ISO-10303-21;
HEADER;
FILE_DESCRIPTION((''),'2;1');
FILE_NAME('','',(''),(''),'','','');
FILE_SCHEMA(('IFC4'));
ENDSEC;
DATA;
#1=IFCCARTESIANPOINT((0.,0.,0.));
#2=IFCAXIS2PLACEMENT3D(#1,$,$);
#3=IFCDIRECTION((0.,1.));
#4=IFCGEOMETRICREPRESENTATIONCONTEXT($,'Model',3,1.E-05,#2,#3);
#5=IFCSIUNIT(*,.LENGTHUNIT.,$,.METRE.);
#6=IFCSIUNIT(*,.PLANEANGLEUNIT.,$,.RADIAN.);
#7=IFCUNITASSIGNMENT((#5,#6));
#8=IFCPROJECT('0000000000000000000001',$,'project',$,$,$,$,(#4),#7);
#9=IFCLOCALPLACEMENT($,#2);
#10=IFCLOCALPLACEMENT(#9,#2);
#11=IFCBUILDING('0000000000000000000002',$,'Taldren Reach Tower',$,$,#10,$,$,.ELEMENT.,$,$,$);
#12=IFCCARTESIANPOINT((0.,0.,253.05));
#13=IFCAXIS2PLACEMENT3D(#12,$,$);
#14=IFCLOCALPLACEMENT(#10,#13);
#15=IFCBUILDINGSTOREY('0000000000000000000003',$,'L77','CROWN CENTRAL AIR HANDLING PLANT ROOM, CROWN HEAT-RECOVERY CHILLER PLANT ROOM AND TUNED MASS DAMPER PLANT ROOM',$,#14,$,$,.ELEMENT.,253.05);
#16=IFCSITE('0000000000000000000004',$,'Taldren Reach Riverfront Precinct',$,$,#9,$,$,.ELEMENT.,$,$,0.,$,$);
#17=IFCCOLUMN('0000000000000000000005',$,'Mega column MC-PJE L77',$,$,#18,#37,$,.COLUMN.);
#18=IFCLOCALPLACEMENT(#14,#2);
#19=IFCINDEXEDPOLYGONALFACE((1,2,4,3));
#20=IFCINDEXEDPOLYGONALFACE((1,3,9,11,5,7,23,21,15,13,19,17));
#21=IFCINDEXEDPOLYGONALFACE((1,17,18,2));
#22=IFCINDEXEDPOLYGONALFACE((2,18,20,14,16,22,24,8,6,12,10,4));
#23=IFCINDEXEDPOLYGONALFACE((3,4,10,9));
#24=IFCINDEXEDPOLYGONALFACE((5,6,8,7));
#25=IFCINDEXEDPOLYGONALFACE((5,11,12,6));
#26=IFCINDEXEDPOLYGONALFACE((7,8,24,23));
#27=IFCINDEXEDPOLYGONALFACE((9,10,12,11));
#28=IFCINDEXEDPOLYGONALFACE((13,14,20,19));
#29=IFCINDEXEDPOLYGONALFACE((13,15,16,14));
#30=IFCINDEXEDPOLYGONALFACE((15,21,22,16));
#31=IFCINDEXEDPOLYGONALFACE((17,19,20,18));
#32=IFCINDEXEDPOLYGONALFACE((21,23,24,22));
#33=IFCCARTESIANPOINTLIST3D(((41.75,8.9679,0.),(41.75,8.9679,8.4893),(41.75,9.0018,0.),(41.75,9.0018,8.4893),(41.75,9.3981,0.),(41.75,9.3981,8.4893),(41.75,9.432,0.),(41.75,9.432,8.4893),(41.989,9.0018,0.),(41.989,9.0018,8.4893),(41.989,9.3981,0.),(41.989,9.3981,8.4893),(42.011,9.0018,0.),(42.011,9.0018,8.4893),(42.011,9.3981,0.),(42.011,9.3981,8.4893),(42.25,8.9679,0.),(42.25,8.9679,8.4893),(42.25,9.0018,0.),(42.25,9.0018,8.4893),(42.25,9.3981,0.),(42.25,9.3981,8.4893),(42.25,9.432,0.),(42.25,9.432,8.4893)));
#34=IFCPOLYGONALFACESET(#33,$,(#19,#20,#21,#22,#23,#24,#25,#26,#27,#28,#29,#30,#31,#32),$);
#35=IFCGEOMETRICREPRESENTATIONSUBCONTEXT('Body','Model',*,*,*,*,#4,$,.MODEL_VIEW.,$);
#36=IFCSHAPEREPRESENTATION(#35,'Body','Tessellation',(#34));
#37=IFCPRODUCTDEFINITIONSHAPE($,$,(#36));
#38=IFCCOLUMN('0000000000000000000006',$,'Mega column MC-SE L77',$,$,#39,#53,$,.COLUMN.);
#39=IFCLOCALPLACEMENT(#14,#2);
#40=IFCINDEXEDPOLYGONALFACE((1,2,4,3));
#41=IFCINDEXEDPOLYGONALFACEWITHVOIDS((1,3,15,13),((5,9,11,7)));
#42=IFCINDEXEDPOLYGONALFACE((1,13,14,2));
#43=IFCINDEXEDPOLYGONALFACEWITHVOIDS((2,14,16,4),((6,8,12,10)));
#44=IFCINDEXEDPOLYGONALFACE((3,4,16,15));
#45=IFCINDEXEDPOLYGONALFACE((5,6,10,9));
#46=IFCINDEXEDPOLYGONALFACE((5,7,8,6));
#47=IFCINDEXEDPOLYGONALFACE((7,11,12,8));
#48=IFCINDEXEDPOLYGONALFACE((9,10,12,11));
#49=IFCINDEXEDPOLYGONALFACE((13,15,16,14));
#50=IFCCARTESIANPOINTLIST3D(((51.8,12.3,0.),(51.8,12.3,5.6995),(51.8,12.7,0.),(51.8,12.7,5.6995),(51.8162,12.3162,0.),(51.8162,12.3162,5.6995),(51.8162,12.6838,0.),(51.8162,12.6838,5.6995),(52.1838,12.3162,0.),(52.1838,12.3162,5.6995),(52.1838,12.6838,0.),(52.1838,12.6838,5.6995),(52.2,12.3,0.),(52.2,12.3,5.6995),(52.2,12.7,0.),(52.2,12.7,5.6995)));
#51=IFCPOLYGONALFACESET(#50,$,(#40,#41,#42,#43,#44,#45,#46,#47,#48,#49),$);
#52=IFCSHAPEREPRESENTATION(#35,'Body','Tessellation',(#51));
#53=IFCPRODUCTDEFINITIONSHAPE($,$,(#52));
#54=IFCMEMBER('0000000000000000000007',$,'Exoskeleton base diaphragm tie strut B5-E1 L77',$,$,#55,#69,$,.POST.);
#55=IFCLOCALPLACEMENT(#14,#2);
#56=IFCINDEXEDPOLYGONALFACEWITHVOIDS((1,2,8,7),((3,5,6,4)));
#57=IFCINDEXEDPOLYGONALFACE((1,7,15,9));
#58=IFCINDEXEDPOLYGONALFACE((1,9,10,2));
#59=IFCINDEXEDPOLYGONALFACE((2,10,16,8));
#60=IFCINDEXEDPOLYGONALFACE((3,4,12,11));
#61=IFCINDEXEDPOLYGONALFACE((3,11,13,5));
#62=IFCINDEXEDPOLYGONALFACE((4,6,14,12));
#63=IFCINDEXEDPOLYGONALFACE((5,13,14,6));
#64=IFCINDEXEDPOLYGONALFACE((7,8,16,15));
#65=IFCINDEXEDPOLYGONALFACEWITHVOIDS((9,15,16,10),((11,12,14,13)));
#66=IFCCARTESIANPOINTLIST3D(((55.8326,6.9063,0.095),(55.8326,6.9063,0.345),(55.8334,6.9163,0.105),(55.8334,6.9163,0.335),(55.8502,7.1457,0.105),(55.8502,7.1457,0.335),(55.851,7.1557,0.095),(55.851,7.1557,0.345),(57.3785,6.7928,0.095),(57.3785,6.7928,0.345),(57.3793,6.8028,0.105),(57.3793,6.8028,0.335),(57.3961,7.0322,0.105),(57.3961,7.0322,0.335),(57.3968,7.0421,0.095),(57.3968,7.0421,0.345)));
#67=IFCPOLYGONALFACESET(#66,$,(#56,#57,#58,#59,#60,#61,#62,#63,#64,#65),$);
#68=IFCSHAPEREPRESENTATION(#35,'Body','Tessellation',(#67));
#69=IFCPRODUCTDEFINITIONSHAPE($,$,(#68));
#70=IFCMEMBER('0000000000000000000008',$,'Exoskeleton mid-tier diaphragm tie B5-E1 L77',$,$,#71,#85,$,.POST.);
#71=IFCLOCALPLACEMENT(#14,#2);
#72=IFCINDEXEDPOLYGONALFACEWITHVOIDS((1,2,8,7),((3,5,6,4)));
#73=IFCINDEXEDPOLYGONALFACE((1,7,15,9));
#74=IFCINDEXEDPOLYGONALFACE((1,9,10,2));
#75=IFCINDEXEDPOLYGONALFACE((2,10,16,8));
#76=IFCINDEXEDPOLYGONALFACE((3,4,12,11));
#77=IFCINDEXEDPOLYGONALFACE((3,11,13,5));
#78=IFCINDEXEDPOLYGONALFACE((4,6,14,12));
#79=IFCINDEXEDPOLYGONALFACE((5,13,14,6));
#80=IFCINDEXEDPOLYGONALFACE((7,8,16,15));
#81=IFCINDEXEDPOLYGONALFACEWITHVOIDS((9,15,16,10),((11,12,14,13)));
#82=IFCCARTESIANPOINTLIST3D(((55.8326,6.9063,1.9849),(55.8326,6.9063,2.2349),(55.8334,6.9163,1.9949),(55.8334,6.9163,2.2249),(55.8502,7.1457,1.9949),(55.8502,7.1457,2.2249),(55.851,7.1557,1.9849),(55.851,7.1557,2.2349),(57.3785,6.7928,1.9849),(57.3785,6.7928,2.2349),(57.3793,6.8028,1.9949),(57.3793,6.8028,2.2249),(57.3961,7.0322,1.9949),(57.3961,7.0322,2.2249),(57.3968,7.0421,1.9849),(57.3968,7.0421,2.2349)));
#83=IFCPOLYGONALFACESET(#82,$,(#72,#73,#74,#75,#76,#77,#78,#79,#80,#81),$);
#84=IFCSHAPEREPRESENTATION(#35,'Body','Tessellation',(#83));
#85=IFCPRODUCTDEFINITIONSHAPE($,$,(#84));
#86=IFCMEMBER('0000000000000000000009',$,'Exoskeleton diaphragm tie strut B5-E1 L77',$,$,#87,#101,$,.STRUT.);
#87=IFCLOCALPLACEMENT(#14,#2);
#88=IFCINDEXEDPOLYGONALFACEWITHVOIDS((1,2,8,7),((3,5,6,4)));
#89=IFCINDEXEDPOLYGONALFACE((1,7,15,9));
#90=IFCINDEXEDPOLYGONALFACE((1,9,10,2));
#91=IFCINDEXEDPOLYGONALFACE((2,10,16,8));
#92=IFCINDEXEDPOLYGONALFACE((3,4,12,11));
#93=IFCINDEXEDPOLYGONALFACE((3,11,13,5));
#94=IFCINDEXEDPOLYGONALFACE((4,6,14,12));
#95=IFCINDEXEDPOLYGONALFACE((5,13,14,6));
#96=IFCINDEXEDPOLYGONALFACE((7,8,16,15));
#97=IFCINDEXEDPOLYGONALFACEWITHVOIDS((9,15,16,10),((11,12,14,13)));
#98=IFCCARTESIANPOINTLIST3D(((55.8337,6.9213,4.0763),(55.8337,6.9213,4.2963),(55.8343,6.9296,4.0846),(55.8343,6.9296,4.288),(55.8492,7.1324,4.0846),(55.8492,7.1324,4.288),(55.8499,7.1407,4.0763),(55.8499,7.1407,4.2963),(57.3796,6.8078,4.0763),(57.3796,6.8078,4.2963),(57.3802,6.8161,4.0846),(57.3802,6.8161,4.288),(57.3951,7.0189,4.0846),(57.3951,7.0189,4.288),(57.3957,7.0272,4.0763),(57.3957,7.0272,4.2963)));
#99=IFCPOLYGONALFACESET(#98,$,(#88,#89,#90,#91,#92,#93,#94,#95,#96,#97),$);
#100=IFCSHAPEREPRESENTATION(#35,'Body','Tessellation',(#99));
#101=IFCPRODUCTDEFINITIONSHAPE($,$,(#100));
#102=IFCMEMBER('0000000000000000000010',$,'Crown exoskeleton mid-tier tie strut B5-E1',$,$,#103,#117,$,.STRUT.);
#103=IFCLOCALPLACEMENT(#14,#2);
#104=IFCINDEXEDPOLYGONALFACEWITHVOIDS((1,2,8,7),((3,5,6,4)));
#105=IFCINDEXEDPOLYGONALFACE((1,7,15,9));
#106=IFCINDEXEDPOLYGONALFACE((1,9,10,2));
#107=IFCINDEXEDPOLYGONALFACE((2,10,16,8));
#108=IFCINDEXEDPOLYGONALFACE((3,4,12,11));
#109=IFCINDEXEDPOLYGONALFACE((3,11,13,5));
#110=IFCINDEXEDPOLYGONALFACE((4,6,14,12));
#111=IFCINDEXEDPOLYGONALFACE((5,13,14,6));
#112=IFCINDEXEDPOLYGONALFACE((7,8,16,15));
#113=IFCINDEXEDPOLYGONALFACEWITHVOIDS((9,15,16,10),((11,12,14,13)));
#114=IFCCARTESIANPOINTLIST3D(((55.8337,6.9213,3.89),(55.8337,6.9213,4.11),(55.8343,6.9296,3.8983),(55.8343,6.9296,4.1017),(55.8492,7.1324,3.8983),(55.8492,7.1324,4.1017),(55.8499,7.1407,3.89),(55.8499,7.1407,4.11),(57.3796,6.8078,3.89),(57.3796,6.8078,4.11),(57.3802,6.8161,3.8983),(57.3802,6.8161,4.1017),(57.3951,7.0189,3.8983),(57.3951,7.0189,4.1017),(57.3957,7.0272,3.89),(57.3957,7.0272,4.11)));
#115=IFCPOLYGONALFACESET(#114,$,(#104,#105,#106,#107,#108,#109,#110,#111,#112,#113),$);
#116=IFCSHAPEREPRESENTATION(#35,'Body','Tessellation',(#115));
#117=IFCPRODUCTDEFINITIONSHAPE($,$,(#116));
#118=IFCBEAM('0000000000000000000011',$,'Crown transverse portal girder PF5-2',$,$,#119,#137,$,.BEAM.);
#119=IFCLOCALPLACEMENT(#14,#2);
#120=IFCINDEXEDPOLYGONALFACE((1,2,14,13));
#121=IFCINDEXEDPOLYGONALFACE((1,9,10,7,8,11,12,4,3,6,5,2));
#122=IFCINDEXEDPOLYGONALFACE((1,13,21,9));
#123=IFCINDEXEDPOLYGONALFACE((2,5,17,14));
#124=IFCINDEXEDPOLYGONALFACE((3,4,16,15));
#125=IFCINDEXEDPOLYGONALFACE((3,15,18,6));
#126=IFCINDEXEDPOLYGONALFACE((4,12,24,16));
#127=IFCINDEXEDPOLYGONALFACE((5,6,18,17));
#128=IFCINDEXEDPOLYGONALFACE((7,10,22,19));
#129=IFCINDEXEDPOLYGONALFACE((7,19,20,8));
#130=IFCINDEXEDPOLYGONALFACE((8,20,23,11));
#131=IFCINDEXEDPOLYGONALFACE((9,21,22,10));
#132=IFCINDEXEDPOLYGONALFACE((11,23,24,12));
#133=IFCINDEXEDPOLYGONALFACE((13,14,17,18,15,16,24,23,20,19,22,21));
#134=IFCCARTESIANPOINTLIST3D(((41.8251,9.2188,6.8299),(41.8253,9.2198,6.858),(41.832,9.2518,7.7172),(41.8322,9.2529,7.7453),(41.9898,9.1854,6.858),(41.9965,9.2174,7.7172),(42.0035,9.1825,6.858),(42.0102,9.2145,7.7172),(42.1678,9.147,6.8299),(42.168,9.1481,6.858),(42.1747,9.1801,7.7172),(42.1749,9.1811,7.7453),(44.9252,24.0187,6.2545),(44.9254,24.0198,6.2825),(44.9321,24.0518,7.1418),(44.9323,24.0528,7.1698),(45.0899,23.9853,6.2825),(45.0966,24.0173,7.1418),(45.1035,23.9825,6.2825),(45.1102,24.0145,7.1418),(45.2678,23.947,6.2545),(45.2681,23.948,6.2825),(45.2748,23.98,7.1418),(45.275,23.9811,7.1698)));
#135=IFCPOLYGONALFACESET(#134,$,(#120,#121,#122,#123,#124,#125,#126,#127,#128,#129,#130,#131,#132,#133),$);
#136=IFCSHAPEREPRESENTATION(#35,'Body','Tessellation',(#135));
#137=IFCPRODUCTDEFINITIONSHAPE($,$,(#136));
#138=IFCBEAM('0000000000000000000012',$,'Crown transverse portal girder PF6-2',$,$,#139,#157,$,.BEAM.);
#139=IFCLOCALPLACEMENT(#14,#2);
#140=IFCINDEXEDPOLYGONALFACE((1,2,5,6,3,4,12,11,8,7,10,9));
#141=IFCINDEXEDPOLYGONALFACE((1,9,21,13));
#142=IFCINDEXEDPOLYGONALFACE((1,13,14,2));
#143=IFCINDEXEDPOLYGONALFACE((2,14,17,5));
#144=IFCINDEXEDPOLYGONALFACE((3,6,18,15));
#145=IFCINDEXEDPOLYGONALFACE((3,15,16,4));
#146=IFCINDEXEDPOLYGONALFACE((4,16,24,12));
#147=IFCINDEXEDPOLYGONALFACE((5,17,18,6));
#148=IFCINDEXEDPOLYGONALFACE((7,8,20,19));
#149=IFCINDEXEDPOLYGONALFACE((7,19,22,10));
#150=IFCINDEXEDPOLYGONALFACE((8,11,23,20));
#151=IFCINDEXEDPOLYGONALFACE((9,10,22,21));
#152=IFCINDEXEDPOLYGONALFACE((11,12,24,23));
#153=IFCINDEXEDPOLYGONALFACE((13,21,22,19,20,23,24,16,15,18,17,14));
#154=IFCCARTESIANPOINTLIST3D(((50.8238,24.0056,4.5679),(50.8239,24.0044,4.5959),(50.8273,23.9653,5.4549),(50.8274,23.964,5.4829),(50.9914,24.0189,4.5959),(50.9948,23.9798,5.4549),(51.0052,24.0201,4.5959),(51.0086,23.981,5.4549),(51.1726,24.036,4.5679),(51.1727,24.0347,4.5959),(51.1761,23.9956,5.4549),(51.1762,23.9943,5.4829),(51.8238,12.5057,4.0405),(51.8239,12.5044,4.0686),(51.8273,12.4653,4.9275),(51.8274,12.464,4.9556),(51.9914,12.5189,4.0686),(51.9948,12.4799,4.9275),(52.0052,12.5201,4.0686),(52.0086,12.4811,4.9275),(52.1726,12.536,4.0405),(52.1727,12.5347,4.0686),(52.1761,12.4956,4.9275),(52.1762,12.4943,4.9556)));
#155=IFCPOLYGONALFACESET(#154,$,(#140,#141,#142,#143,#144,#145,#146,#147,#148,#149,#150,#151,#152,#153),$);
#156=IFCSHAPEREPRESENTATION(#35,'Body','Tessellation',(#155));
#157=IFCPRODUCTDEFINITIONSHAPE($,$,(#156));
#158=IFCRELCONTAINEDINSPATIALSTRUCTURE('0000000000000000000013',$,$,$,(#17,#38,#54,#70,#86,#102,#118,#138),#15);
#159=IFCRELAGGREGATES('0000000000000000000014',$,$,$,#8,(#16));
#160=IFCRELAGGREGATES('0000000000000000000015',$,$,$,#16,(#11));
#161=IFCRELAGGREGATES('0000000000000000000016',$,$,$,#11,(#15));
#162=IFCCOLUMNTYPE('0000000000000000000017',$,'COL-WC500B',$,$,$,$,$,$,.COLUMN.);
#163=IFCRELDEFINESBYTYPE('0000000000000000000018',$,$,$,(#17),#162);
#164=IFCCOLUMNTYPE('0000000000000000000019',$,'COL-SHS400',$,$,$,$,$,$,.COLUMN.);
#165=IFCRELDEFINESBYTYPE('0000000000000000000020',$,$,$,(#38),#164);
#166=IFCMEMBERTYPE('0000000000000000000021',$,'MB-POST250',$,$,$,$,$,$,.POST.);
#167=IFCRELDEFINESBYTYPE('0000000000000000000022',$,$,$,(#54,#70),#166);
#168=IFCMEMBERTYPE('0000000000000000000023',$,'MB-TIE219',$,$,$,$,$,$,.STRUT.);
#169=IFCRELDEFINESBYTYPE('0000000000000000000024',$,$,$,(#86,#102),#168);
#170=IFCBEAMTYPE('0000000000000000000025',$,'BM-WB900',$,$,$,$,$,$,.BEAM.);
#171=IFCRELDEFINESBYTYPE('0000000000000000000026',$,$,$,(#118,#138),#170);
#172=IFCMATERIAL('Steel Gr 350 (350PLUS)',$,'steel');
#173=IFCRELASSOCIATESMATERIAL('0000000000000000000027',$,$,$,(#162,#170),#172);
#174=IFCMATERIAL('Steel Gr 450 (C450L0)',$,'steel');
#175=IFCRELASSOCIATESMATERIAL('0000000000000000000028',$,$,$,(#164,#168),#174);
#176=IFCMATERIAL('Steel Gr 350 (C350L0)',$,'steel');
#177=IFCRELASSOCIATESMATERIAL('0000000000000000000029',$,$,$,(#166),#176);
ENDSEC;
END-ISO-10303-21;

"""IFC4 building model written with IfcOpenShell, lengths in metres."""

from ifc_helpers import new_model, si_unit, direction, frame, origin, origin_2d, place, context, subcontext, project, spatial, hollow_rectangle, i_section, extrude, source, transform, mapped, material, material_profile, profile_set, type_object, element, save


model = new_model("IFC4")

# Units and contexts
model_context = context("Model", 3, precision=1e-05, world=origin(), true_north=direction((0.0, 1.0)))
body_context = subcontext(model_context, "Body", "Model", "MODEL_VIEW")
ifc_project = project(units=[si_unit("LENGTHUNIT", "METRE"), si_unit("PLANEANGLEUNIT", "RADIAN")], contexts=[model_context])

# Site, building, storey
site_placement = place(None, origin())
site = spatial("IfcSite", under=ifc_project, at=site_placement, Name="Taldren Reach Riverfront Precinct", CompositionType="ELEMENT", RefElevation=0.0)
building_placement = place(site_placement, origin())
building = spatial("IfcBuilding", under=site, at=building_placement, Name="Taldren Reach Tower", CompositionType="ELEMENT")
storey_placement = place(building_placement, frame((0.0, 0.0, 253.05)))
storey = spatial("IfcBuildingStorey", under=building, at=storey_placement, Name="L77", Description="CROWN CENTRAL AIR HANDLING PLANT ROOM, CROWN HEAT-RECOVERY CHILLER PLANT ROOM AND TUNED MASS DAMPER PLANT ROOM", CompositionType="ELEMENT", Elevation=253.05)

# Columns
ifc_material_1 = material(Name="Steel Gr 350 (350PLUS)", Category="steel")
ifc_material_profile_1 = material_profile(ifc_material_1, i_section(OverallWidth=0.5, OverallDepth=0.4641, WebThickness=0.022, FlangeThickness=0.0339, at=origin_2d()), Name="500WC340")
ifc_profile_set_1 = profile_set([ifc_material_profile_1], Name="Steel Gr 350 (350PLUS)")
column_type_1 = type_object("IfcColumnType", Name="COL-WC500B", PredefinedType="COLUMN", material=ifc_profile_set_1)
shared_shape_1 = source(origin(), body_context, "Body", "SweptSolid", [
    extrude(i_section(OverallWidth=0.5, OverallDepth=0.4641, WebThickness=0.022, FlangeThickness=0.0339, at=origin_2d()), origin(), (0.0, 0.0, 1.0), 8.4893),
])
column_1_placement = place(storey_placement, frame((42.0, 9.2, 0.0), z_axis=(0.0, 0.0, 1.0), x_axis=(1.0, 0.0, 0.0)))
element("IfcColumn", 1, at=column_1_placement, inside=storey, type_object=column_type_1, Name="Mega column MC-PJE L77", PredefinedType="COLUMN", context=body_context, shape_type="MappedRepresentation", body=[
    mapped(shared_shape_1, transform((0.0, 0.0, 0.0), scale=1.0)),
])
ifc_material_2 = material(Name="Steel Gr 450 (C450L0)", Category="steel")
ifc_material_profile_2 = material_profile(ifc_material_2, hollow_rectangle(XDim=0.3999, YDim=0.3999, WallThickness=0.0161, at=origin_2d()), Name="400x400x16.0SHS")
ifc_profile_set_2 = profile_set([ifc_material_profile_2], Name="Steel Gr 450 (C450L0)")
column_type_2 = type_object("IfcColumnType", Name="COL-SHS400", PredefinedType="COLUMN", material=ifc_profile_set_2)
shared_shape_2 = source(origin(), body_context, "Body", "SweptSolid", [
    extrude(hollow_rectangle(XDim=0.3999, YDim=0.3999, WallThickness=0.0161, at=origin_2d()), origin(), (0.0, 0.0, 1.0), 5.6995),
])
column_2_placement = place(storey_placement, frame((52.0, 12.5, 0.0), z_axis=(0.0, 0.0, 1.0), x_axis=(1.0, 0.0, 0.0)))
element("IfcColumn", 2, at=column_2_placement, inside=storey, type_object=column_type_2, Name="Mega column MC-SE L77", PredefinedType="COLUMN", context=body_context, shape_type="MappedRepresentation", body=[
    mapped(shared_shape_2, transform((0.0, 0.0, 0.0), scale=1.0)),
])

# Members
ifc_material_3 = material(Name="Steel Gr 350 (C350L0)", Category="steel")
ifc_material_profile_3 = material_profile(ifc_material_3, hollow_rectangle(XDim=0.25, YDim=0.25, WallThickness=0.01, at=origin_2d()), Name="250x250x10.0SHS")
ifc_profile_set_3 = profile_set([ifc_material_profile_3], Name="Steel Gr 350 (C350L0)")
member_type_1 = type_object("IfcMemberType", Name="MB-POST250", PredefinedType="POST", material=ifc_profile_set_3)
shared_shape_3 = source(origin(), body_context, "Body", "SweptSolid", [
    extrude(hollow_rectangle(XDim=0.25, YDim=0.25, WallThickness=0.01, at=origin_2d()), origin(), (0.0, 0.0, 1.0), 1.55),
])
for number, where, z_axis, x_axis, name in (
    (3, (55.8418, 7.031, 0.22), (0.997314, -0.073239, 0.0), (0.073239, 0.997314, 0.0), "Exoskeleton base diaphragm tie strut B5-E1 L77"),
    (4, (55.8418, 7.031, 2.1099), (0.997314, -0.073239, 0.0), (0.073239, 0.997314, 0.0), "Exoskeleton mid-tier diaphragm tie B5-E1 L77"),
):
    element("IfcMember", number, at=place(storey_placement, frame(where, z_axis=z_axis, x_axis=x_axis)), inside=storey, type_object=member_type_1, Name=name, PredefinedType="POST", context=body_context, shape_type="MappedRepresentation", body=[
        mapped(shared_shape_3, transform((0.0, 0.0, 0.0), scale=1.0)),
    ])
ifc_material_profile_4 = material_profile(ifc_material_2, hollow_rectangle(XDim=0.22, YDim=0.22, WallThickness=0.0083, at=origin_2d()), Name="220x220x8.2SHS")
ifc_profile_set_4 = profile_set([ifc_material_profile_4], Name="Steel Gr 450 (C450L0)")
member_type_2 = type_object("IfcMemberType", Name="MB-TIE219", PredefinedType="STRUT", material=ifc_profile_set_4)
shared_shape_4 = source(origin(), body_context, "Body", "SweptSolid", [
    extrude(hollow_rectangle(XDim=0.22, YDim=0.22, WallThickness=0.0083, at=origin_2d()), origin(), (0.0, 0.0, 1.0), 1.55),
])
for number, where, z_axis, x_axis, name in (
    (5, (55.8418, 7.031, 4.1863), (0.997314, -0.073239, 0.0), (0.073239, 0.997314, 0.0), "Exoskeleton diaphragm tie strut B5-E1 L77"),
    (6, (55.8418, 7.031, 4.0), (0.997314, -0.073239, 0.0), (0.073239, 0.997314, 0.0), "Crown exoskeleton mid-tier tie strut B5-E1"),
):
    element("IfcMember", number, at=place(storey_placement, frame(where, z_axis=z_axis, x_axis=x_axis)), inside=storey, type_object=member_type_2, Name=name, PredefinedType="STRUT", context=body_context, shape_type="MappedRepresentation", body=[
        mapped(shared_shape_4, transform((0.0, 0.0, 0.0), scale=1.0)),
    ])

# Beams
ifc_material_profile_5 = material_profile(ifc_material_1, i_section(OverallWidth=0.3501, OverallDepth=0.916, WebThickness=0.0139, FlangeThickness=0.0281, at=origin_2d()), Name="900WB257")
ifc_profile_set_5 = profile_set([ifc_material_profile_5], Name="Steel Gr 350 (350PLUS)")
beam_type_1 = type_object("IfcBeamType", Name="BM-WB900", PredefinedType="BEAM", material=ifc_profile_set_5)
shared_shape_5 = source(origin(), body_context, "Body", "SweptSolid", [
    extrude(i_section(OverallWidth=0.3501, OverallDepth=0.916, WebThickness=0.0139, FlangeThickness=0.0281, at=origin_2d()), origin(), (0.0, 0.0, 1.0), 15.1321),
])
beam_1_placement = place(storey_placement, frame((42.0, 9.2, 7.2876), z_axis=(0.204868, 0.978051, -0.038028), x_axis=(-0.978759, 0.205016, 0.0)))
element("IfcBeam", 7, at=beam_1_placement, inside=storey, type_object=beam_type_1, Name="Crown transverse portal girder PF5-2", PredefinedType="BEAM", context=body_context, shape_type="MappedRepresentation", body=[
    mapped(shared_shape_5, transform((0.0, 0.0, 0.0), scale=1.0)),
])
shared_shape_6 = source(origin(), body_context, "Body", "SweptSolid", [
    extrude(i_section(OverallWidth=0.3501, OverallDepth=0.916, WebThickness=0.0139, FlangeThickness=0.0281, at=origin_2d()), origin(), (0.0, 0.0, 1.0), 11.5554),
])
beam_2_placement = place(storey_placement, frame((52.0, 12.5, 4.498), z_axis=(-0.086539, 0.995203, 0.045636), x_axis=(-0.996241, -0.08663, 0.0)))
element("IfcBeam", 8, at=beam_2_placement, inside=storey, type_object=beam_type_1, Name="Crown transverse portal girder PF6-2", PredefinedType="BEAM", context=body_context, shape_type="MappedRepresentation", body=[
    mapped(shared_shape_6, transform((0.0, 0.0, 0.0), scale=1.0)),
])

save(model, "model.ifc")
